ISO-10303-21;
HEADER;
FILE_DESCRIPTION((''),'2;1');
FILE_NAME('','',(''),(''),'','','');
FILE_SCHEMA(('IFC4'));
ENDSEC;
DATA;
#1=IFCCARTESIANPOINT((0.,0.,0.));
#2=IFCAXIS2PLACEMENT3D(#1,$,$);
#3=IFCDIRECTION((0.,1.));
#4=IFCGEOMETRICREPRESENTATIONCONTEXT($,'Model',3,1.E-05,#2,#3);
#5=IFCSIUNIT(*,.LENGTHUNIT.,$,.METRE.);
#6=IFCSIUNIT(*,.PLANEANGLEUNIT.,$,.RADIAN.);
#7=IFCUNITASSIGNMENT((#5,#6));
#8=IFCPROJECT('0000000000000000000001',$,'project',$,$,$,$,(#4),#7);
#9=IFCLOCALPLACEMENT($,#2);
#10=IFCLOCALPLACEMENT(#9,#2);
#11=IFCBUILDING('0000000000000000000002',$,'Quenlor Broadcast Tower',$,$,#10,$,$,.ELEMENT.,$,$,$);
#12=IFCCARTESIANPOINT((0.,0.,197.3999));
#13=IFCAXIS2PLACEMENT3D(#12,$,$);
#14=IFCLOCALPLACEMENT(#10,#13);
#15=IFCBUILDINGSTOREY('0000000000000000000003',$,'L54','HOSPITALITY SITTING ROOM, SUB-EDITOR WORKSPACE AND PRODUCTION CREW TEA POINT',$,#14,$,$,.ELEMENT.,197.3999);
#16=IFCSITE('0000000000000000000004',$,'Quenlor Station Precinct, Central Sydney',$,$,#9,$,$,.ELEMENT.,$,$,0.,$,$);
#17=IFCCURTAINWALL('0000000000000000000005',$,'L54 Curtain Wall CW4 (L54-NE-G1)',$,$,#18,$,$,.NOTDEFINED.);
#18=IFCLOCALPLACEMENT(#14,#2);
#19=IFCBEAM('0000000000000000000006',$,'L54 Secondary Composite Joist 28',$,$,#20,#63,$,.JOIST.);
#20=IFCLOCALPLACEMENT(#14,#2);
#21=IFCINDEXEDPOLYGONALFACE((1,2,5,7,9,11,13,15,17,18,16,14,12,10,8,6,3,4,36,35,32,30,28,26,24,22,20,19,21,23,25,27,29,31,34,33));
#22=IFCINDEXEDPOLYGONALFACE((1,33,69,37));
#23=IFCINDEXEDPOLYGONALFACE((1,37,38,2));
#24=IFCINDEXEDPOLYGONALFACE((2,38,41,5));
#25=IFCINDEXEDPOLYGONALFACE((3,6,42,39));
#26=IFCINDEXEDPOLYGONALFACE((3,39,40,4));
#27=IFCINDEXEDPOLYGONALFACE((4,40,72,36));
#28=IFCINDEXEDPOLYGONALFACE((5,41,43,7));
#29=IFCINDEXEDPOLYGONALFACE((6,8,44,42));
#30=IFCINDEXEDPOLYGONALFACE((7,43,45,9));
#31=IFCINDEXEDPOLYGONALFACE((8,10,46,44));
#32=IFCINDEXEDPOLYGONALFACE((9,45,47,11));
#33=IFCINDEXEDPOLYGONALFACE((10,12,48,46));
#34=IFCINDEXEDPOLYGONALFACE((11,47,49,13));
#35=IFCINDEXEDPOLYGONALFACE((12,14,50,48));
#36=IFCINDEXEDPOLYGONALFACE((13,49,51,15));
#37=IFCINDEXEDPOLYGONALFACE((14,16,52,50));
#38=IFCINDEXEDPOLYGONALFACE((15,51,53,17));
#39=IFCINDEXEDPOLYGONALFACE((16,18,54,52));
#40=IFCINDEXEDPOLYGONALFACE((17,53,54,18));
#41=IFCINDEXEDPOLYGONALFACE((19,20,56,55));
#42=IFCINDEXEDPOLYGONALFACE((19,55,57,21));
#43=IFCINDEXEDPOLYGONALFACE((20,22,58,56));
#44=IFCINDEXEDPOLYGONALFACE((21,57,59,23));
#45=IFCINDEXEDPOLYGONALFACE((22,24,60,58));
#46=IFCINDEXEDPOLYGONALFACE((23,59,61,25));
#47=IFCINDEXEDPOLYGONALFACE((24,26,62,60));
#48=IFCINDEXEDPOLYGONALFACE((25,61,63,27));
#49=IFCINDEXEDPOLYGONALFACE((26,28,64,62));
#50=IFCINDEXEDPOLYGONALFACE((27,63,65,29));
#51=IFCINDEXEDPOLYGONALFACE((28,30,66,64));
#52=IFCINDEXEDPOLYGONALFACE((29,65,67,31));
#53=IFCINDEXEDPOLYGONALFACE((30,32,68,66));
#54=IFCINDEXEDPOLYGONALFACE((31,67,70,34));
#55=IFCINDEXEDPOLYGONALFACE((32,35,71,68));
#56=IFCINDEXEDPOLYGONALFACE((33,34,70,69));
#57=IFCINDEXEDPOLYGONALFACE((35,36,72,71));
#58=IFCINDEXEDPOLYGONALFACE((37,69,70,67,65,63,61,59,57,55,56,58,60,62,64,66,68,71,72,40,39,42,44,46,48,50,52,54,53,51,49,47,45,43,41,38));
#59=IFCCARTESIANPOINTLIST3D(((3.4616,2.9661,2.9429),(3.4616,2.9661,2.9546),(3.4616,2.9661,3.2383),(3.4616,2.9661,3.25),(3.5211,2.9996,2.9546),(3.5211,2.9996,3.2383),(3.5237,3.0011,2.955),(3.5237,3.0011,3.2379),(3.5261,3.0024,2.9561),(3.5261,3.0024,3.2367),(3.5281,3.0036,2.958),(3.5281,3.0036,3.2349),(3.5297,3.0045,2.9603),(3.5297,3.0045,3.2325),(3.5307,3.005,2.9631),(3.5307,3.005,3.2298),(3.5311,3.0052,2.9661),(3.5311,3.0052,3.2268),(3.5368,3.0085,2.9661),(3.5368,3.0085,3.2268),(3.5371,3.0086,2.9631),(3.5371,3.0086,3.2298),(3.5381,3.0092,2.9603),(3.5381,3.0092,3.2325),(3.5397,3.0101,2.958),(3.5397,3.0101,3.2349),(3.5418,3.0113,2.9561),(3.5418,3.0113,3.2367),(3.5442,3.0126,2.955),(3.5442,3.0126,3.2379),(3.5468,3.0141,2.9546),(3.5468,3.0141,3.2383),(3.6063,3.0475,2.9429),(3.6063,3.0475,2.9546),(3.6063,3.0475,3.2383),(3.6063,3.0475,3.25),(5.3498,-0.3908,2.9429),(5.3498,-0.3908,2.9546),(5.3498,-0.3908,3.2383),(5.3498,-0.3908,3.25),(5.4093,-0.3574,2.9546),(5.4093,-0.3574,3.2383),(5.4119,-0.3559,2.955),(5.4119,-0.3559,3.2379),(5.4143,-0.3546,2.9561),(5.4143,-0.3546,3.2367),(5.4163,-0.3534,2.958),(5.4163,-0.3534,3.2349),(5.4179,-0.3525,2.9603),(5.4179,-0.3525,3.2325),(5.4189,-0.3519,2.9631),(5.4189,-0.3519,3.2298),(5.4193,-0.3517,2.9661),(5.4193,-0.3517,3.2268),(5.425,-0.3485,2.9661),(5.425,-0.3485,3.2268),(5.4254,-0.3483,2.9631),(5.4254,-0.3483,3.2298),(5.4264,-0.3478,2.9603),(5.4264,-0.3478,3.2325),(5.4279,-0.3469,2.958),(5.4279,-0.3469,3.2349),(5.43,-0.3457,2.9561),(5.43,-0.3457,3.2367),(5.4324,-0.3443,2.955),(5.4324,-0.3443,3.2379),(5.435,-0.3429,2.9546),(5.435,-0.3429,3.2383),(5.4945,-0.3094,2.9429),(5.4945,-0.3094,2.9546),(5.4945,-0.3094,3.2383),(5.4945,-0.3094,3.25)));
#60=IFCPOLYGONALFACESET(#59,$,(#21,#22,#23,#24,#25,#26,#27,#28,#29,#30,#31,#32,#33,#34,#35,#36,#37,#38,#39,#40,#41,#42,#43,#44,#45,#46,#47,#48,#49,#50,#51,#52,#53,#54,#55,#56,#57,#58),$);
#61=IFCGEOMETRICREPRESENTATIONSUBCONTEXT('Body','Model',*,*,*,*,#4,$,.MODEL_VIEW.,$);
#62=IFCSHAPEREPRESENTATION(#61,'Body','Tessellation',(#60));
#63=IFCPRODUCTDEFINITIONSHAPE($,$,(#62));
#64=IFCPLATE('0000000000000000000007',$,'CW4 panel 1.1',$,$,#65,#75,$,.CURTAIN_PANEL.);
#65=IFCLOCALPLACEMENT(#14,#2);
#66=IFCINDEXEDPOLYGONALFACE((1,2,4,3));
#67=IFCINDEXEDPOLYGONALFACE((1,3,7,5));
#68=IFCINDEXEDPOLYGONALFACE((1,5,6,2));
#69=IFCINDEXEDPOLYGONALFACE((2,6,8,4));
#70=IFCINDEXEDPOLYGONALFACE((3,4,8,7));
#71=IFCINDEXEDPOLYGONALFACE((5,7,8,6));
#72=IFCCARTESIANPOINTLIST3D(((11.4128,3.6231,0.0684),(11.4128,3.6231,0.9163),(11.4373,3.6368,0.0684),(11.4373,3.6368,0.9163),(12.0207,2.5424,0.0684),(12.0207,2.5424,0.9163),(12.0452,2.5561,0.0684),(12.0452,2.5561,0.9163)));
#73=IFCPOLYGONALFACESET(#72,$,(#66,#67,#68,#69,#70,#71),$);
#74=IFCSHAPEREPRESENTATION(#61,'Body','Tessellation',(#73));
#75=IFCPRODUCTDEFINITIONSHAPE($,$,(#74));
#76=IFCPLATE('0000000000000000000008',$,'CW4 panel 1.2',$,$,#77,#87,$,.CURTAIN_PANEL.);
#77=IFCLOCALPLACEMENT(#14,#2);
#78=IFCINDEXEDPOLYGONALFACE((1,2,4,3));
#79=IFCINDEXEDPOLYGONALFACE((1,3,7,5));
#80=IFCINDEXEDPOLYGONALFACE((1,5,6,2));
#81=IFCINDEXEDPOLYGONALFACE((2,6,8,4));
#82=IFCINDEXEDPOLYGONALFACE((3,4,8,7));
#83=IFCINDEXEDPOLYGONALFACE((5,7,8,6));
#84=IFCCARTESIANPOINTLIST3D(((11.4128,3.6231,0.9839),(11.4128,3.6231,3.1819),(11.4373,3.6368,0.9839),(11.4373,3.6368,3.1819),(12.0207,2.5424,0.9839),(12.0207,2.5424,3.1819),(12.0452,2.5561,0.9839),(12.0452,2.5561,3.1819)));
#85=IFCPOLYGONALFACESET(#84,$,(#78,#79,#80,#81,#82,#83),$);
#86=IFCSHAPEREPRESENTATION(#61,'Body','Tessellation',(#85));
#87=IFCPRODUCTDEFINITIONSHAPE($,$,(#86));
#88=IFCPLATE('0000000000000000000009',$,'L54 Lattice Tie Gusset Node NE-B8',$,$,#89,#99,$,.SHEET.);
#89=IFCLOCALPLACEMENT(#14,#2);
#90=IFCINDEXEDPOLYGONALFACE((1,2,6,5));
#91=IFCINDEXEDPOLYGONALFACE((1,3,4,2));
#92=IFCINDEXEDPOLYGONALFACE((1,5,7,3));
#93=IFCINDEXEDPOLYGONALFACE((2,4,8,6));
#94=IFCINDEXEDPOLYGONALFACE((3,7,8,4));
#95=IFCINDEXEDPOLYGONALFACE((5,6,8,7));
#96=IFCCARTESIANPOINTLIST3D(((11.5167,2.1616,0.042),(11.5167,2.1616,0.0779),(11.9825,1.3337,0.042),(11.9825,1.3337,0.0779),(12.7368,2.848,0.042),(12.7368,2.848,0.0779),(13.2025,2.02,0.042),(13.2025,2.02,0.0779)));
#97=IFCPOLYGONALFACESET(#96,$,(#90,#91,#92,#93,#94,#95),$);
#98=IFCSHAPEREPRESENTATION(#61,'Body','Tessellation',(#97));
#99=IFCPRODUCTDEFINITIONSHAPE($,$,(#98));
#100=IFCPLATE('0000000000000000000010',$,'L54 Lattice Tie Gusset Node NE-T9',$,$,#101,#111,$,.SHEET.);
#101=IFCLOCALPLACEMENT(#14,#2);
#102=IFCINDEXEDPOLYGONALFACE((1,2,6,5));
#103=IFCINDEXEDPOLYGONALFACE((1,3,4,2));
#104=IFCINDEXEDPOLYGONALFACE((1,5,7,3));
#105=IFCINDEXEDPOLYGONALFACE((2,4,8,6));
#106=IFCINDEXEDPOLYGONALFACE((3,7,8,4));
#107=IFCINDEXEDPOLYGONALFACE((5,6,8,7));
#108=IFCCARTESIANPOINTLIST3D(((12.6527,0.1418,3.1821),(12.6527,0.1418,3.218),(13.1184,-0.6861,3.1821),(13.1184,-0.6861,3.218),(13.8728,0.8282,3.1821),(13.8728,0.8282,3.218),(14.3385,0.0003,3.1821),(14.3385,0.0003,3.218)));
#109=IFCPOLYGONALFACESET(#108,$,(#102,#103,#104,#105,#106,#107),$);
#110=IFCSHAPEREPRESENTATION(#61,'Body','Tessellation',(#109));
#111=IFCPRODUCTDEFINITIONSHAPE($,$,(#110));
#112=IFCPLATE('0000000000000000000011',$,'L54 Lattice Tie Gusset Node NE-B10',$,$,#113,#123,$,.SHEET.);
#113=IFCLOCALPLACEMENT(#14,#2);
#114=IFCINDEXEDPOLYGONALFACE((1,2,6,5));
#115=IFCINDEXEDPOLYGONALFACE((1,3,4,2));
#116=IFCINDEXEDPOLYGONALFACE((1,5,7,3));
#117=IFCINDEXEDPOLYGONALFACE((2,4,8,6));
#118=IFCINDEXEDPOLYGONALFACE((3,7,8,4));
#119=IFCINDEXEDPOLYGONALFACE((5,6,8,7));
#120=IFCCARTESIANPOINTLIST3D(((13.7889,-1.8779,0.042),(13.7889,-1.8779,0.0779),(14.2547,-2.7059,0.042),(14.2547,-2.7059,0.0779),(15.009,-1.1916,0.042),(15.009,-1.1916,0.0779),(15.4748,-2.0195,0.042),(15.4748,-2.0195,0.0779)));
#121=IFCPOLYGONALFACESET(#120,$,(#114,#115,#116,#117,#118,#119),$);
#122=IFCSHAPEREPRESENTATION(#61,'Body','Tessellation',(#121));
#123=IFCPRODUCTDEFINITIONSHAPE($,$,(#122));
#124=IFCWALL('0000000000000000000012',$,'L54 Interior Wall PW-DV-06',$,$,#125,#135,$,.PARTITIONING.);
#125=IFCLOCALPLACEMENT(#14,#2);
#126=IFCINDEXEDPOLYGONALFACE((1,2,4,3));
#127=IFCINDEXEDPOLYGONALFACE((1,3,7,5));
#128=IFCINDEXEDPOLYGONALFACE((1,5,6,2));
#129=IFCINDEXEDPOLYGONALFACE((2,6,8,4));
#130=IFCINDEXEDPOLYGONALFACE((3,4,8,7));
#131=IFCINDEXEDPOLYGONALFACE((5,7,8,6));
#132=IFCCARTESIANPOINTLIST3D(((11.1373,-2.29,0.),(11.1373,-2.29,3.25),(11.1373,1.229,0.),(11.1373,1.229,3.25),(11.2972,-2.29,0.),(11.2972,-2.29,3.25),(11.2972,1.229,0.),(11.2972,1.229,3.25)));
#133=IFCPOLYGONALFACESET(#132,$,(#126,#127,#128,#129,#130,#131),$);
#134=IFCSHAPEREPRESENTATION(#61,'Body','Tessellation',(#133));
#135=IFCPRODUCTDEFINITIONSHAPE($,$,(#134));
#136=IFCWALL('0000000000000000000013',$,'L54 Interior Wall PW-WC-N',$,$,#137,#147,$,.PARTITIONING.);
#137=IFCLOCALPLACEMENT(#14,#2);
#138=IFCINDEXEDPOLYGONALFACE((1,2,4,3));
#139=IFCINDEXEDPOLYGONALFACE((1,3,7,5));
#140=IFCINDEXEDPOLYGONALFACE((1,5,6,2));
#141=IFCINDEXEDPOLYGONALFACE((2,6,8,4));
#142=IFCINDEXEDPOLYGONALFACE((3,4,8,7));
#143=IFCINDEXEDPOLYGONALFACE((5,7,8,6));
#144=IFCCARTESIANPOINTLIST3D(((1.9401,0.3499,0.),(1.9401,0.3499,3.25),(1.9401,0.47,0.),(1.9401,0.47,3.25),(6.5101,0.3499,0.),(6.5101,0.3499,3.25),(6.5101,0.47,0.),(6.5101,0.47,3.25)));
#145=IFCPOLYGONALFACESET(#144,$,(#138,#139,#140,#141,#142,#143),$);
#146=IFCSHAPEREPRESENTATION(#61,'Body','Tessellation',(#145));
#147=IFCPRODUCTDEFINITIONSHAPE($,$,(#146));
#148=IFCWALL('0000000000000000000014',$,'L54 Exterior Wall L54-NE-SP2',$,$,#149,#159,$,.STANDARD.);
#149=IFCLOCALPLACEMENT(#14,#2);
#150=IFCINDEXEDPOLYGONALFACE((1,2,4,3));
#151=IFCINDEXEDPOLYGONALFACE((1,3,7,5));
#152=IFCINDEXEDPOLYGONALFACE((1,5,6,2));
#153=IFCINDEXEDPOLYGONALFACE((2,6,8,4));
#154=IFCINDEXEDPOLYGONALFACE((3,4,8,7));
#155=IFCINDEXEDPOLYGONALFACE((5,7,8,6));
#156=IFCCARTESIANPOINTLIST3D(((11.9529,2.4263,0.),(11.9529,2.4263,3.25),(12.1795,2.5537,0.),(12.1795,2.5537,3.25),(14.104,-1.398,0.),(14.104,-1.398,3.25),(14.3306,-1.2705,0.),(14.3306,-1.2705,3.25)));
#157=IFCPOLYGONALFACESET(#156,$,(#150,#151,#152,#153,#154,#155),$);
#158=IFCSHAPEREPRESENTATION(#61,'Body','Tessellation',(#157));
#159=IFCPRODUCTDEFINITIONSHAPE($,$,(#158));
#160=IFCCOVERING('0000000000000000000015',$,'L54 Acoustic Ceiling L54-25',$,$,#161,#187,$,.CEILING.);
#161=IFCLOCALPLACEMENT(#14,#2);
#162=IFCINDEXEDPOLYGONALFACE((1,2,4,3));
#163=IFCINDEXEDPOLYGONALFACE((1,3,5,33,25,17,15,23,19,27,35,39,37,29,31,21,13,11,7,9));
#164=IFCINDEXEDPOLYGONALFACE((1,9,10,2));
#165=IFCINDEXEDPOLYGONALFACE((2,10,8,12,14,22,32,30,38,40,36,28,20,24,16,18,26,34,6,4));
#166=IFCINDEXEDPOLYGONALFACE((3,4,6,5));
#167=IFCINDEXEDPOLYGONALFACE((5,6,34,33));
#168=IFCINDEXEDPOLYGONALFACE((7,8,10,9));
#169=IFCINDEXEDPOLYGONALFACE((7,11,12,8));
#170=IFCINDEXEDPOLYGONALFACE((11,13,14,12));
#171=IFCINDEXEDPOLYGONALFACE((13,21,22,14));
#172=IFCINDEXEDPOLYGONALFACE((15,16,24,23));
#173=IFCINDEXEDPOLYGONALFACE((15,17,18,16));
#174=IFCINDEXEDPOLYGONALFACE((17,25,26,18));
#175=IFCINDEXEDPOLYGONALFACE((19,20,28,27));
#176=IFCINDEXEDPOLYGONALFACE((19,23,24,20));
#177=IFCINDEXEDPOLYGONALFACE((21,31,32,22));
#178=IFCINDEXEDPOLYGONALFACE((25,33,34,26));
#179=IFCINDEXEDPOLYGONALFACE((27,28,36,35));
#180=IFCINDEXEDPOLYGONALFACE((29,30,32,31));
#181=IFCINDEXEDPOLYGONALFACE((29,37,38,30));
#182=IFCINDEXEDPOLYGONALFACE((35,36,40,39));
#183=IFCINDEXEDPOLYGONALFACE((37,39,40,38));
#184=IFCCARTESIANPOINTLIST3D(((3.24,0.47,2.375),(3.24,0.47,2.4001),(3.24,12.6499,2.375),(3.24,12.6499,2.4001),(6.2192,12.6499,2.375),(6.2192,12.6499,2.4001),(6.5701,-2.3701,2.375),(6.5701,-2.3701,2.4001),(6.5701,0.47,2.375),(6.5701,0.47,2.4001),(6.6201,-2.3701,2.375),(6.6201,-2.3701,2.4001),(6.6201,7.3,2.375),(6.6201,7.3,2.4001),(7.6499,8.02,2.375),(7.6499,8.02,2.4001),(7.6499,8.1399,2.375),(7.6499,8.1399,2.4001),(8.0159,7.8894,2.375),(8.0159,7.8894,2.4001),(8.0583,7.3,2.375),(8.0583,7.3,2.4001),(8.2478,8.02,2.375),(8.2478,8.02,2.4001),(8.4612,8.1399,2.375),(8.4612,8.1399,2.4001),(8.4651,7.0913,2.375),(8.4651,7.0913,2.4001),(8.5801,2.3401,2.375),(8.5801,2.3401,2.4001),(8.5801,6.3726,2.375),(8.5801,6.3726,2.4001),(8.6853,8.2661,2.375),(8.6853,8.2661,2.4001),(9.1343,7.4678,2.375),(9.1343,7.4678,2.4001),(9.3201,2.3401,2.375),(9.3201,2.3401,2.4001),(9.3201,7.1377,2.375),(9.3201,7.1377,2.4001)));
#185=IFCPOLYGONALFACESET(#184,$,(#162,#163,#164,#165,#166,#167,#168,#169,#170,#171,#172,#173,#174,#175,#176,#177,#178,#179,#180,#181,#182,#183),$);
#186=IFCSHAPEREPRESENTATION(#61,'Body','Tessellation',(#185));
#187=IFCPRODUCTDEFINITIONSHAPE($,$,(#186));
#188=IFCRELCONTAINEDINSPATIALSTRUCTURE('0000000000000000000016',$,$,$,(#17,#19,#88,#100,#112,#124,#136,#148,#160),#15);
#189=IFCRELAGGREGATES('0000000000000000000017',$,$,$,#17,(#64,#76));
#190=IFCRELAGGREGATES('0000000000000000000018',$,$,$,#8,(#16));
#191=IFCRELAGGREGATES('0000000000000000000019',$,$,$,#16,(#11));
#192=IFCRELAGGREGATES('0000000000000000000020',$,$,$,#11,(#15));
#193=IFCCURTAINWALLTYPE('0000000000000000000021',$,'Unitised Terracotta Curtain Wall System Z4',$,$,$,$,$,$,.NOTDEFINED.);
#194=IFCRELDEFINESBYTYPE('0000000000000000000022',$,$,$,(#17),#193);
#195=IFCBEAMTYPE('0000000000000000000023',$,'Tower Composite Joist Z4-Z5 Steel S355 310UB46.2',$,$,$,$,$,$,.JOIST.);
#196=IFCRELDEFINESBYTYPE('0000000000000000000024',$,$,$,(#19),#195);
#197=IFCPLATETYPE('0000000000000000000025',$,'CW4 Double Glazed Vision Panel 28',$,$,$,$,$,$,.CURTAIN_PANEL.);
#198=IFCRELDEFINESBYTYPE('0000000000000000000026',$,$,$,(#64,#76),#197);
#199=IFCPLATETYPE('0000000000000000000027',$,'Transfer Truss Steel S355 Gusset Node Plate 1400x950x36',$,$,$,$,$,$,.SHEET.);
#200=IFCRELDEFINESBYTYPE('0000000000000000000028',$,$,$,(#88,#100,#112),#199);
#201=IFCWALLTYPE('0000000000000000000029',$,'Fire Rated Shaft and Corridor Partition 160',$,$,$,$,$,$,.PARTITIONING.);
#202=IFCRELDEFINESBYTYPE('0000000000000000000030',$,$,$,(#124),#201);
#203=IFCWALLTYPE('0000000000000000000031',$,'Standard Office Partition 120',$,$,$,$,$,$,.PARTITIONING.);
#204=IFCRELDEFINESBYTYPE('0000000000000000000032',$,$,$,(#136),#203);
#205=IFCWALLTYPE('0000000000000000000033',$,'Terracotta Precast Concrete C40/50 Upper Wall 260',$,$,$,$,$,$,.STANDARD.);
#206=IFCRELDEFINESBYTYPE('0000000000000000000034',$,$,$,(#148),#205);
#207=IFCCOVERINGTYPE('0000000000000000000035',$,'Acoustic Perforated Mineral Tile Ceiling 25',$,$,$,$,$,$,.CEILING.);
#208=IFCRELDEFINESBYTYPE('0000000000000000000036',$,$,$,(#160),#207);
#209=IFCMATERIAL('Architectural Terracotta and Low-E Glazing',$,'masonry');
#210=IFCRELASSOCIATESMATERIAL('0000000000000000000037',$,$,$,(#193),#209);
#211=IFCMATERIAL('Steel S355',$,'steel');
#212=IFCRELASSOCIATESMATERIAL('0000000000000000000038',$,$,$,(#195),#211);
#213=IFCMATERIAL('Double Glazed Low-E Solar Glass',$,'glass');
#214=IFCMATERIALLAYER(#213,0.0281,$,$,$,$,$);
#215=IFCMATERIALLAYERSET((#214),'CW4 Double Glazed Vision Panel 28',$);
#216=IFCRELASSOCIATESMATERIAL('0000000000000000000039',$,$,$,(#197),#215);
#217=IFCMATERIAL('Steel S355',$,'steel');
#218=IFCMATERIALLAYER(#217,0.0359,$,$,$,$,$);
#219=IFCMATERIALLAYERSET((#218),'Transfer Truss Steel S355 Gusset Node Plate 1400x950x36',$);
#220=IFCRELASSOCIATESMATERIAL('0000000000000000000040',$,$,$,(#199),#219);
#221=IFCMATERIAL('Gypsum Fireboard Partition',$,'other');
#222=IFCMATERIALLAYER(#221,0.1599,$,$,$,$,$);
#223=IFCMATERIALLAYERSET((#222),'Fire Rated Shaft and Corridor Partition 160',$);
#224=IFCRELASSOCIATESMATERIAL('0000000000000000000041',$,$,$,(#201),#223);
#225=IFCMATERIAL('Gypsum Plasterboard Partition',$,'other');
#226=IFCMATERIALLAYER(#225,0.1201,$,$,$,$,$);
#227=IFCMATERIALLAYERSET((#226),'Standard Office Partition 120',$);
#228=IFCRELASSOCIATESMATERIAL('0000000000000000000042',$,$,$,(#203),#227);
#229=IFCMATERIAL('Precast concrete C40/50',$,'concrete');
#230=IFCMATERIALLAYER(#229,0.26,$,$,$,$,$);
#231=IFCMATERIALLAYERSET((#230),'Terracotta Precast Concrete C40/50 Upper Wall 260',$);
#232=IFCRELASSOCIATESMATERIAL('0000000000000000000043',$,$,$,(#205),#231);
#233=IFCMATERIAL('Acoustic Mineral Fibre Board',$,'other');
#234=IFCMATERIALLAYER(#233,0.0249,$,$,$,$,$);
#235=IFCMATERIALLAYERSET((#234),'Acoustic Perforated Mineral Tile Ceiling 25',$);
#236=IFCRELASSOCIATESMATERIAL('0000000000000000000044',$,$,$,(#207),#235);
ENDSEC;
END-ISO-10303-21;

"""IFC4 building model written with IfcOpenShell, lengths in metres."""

from ifc_helpers import new_model, si_unit, direction, frame, frame_2d, origin, origin_2d, place, context, subcontext, project, spatial, polyline, rectangle, i_section, outline, extrude, material, layer, layer_set, material_profile, profile_set, type_object, element, aggregate, save


model = new_model("IFC4")

# Units and contexts
model_context = context("Model", 3, precision=1e-05, world=origin(), true_north=direction((0.0, 1.0)))
body_context = subcontext(model_context, "Body", "Model", "MODEL_VIEW")
ifc_project = project(units=[si_unit("LENGTHUNIT", "METRE"), si_unit("PLANEANGLEUNIT", "RADIAN")], contexts=[model_context])

# Site, building, storey
site_placement = place(None, origin())
site = spatial("IfcSite", under=ifc_project, at=site_placement, Name="Quenlor Station Precinct, Central Sydney", CompositionType="ELEMENT", RefElevation=0.0)
building_placement = place(site_placement, origin())
building = spatial("IfcBuilding", under=site, at=building_placement, Name="Quenlor Broadcast Tower", CompositionType="ELEMENT")
storey_placement = place(building_placement, frame((0.0, 0.0, 197.3999)))
storey = spatial("IfcBuildingStorey", under=building, at=storey_placement, Name="L54", Description="HOSPITALITY SITTING ROOM, SUB-EDITOR WORKSPACE AND PRODUCTION CREW TEA POINT", CompositionType="ELEMENT", Elevation=197.3999)

# Curtain wall
ifc_material_1 = material(Name="Architectural Terracotta and Low-E Glazing", Category="masonry")
curtain_wall_type = type_object("IfcCurtainWallType", Name="Unitised Terracotta Curtain Wall System Z4", PredefinedType="NOTDEFINED", material=ifc_material_1)
curtain_wall_placement = place(storey_placement, origin())
curtain_wall = element("IfcCurtainWall", 1, at=curtain_wall_placement, inside=storey, type_object=curtain_wall_type, Name="L54 Curtain Wall CW4 (L54-NE-G1)", PredefinedType="NOTDEFINED")

# Beam
ifc_material_2 = material(Name="Steel S355", Category="steel")
ifc_material_profile_1 = material_profile(ifc_material_2, i_section(OverallWidth=0.166, OverallDepth=0.3071, WebThickness=0.0066, FlangeThickness=0.0117, FilletRadius=0.0115, at=origin_2d()))
ifc_profile_set_1 = profile_set([ifc_material_profile_1], Name="Steel S355 310UB46.2")
beam_type_1 = type_object("IfcBeamType", Name="Tower Composite Joist Z4-Z5 Steel S355 310UB46.2", PredefinedType="JOIST", material=ifc_profile_set_1)
beam_1_placement = place(storey_placement, frame((3.5339, 3.0068, 3.0964), z_axis=(0.490243, -0.871586, 0.0), x_axis=(0.871586, 0.490243, 0.0)))
element("IfcBeam", 2, at=beam_1_placement, inside=storey, type_object=beam_type_1, Name="L54 Secondary Composite Joist 28", PredefinedType="JOIST", context=body_context, shape_type="SweptSolid", body=[
    extrude(i_section(OverallWidth=0.166, OverallDepth=0.3071, WebThickness=0.0066, FlangeThickness=0.0117, FilletRadius=0.0115, at=origin_2d()), origin(), (0.0, 0.0, 1.0), 3.8516),
])

# Plates
ifc_material_3 = material(Name="Double Glazed Low-E Solar Glass", Category="glass")
ifc_layer_1 = layer(ifc_material_3, 0.0281)
ifc_layer_set_1 = layer_set([ifc_layer_1], Name="CW4 Double Glazed Vision Panel 28")
plate_type_1 = type_object("IfcPlateType", Name="CW4 Double Glazed Vision Panel 28", PredefinedType="CURTAIN_PANEL", material=ifc_layer_set_1)
plate_1_placement = place(storey_placement, frame((11.729, 3.0896, 0.0684), z_axis=(0.0, 0.0, 1.0), x_axis=(0.490289, -0.87156, 0.0)))
plate_1 = element("IfcPlate", 3, at=plate_1_placement, type_object=plate_type_1, Name="CW4 panel 1.1", PredefinedType="CURTAIN_PANEL", context=body_context, shape_type="SweptSolid", body=[
    extrude(rectangle(XDim=1.24, YDim=0.0281, at=origin_2d()), origin(), (0.0, 0.0, 1.0), 0.8479),
])
plate_2_placement = place(storey_placement, frame((11.729, 3.0896, 0.9839), z_axis=(0.0, 0.0, 1.0), x_axis=(0.490289, -0.87156, 0.0)))
plate_2 = element("IfcPlate", 4, at=plate_2_placement, type_object=plate_type_1, Name="CW4 panel 1.2", PredefinedType="CURTAIN_PANEL", context=body_context, shape_type="SweptSolid", body=[
    extrude(rectangle(XDim=1.24, YDim=0.0281, at=origin_2d()), origin(), (0.0, 0.0, 1.0), 2.198),
])
aggregate(curtain_wall, [plate_1, plate_2])

# Plates
ifc_material_4 = material(Name="Steel S355", Category="steel")
ifc_layer_2 = layer(ifc_material_4, 0.0359)
ifc_layer_set_2 = layer_set([ifc_layer_2], Name="Transfer Truss Steel S355 Gusset Node Plate 1400x950x36")
plate_type_2 = type_object("IfcPlateType", Name="Transfer Truss Steel S355 Gusset Node Plate 1400x950x36", PredefinedType="SHEET", material=ifc_layer_set_2)
for number, where, z_axis, x_axis, name in (
    (5, (12.3596, 2.0908, 0.042), (0.0, 0.0, 1.0), (0.871556, 0.490295, 0.0), "L54 Lattice Tie Gusset Node NE-B8"),
    (6, (13.4956, 0.071, 3.1821), (0.0, 0.0, 1.0), (0.871556, 0.490295, 0.0), "L54 Lattice Tie Gusset Node NE-T9"),
    (7, (14.6318, -1.9487, 0.042), (0.0, 0.0, 1.0), (0.871556, 0.490295, 0.0), "L54 Lattice Tie Gusset Node NE-B10"),
):
    element("IfcPlate", number, at=place(storey_placement, frame(where, z_axis=z_axis, x_axis=x_axis)), inside=storey, type_object=plate_type_2, Name=name, PredefinedType="SHEET", context=body_context, shape_type="SweptSolid", body=[
        extrude(rectangle(XDim=1.3999, YDim=0.95, at=origin_2d()), origin(), (0.0, 0.0, 1.0), 0.0359),
    ])

# Walls
ifc_material_5 = material(Name="Gypsum Fireboard Partition", Category="other")
ifc_layer_3 = layer(ifc_material_5, 0.1599)
ifc_layer_set_3 = layer_set([ifc_layer_3], Name="Fire Rated Shaft and Corridor Partition 160")
wall_type_1 = type_object("IfcWallType", Name="Fire Rated Shaft and Corridor Partition 160", PredefinedType="PARTITIONING", material=ifc_layer_set_3)
wall_1_placement = place(storey_placement, frame((11.2173, 1.229, 0.0), z_axis=(0.0, 0.0, 1.0), x_axis=(0.0, -1.0, 0.0)))
element("IfcWall", 8, at=wall_1_placement, inside=storey, type_object=wall_type_1, Name="L54 Interior Wall PW-DV-06", PredefinedType="PARTITIONING", context=body_context, shape_type="SweptSolid", body=[
    extrude(rectangle(XDim=3.519, YDim=0.1599, at=frame_2d((1.7595, 0.0))), origin(), (0.0, 0.0, 1.0), 3.25),
])
ifc_material_6 = material(Name="Gypsum Plasterboard Partition", Category="other")
ifc_layer_4 = layer(ifc_material_6, 0.1201)
ifc_layer_set_4 = layer_set([ifc_layer_4], Name="Standard Office Partition 120")
wall_type_2 = type_object("IfcWallType", Name="Standard Office Partition 120", PredefinedType="PARTITIONING", material=ifc_layer_set_4)
wall_2_placement = place(storey_placement, frame((1.9399, 0.4099, 0.0), z_axis=(0.0, 0.0, 1.0), x_axis=(1.0, 0.0, 0.0)))
element("IfcWall", 9, at=wall_2_placement, inside=storey, type_object=wall_type_2, Name="L54 Interior Wall PW-WC-N", PredefinedType="PARTITIONING", context=body_context, shape_type="SweptSolid", body=[
    extrude(rectangle(XDim=4.5701, YDim=0.1201, at=frame_2d((2.2852, 0.0))), origin(), (0.0, 0.0, 1.0), 3.25),
])
ifc_material_7 = material(Name="Precast concrete C40/50", Category="concrete")
ifc_layer_5 = layer(ifc_material_7, 0.26)
ifc_layer_set_5 = layer_set([ifc_layer_5], Name="Terracotta Precast Concrete C40/50 Upper Wall 260")
wall_type_3 = type_object("IfcWallType", Name="Terracotta Precast Concrete C40/50 Upper Wall 260", PredefinedType="STANDARD", material=ifc_layer_set_5)
wall_3_placement = place(storey_placement, frame((12.0662, 2.49, 0.0), z_axis=(0.0, 0.0, 1.0), x_axis=(0.490261, -0.871576, 0.0)))
element("IfcWall", 10, at=wall_3_placement, inside=storey, type_object=wall_type_3, Name="L54 Exterior Wall L54-NE-SP2", PredefinedType="STANDARD", context=body_context, shape_type="SweptSolid", body=[
    extrude(rectangle(XDim=4.3877, YDim=0.26, at=frame_2d((2.1938, 0.0))), origin(), (0.0, 0.0, 1.0), 3.25),
])

# Covering
ifc_material_8 = material(Name="Acoustic Mineral Fibre Board", Category="other")
ifc_layer_6 = layer(ifc_material_8, 0.0249)
ifc_layer_set_6 = layer_set([ifc_layer_6], Name="Acoustic Perforated Mineral Tile Ceiling 25")
covering_type = type_object("IfcCoveringType", Name="Acoustic Perforated Mineral Tile Ceiling 25", PredefinedType="CEILING", material=ifc_layer_set_6)
covering_1_placement = place(storey_placement, frame((0.0, 0.0, 2.375)))
element("IfcCovering", 11, at=covering_1_placement, inside=storey, type_object=covering_type, Name="L54 Acoustic Ceiling L54-25", PredefinedType="CEILING", context=body_context, shape_type="SweptSolid", body=[
    extrude(outline(polyline([(8.2478, 8.02), (8.0159, 7.8894), (8.4651, 7.0913), (9.1343, 7.4678), (9.3201, 7.1377), (9.3201, 2.3401), (8.5801, 2.3401), (8.5801, 6.3726), (8.0583, 7.3), (6.6201, 7.3), (6.6201, -2.3701), (6.5701, -2.3701), (6.5701, 0.47), (3.24, 0.47), (3.24, 12.6499), (6.2192, 12.6499), (8.6853, 8.2661), (8.4612, 8.1399), (7.6499, 8.1399), (7.6499, 8.02), (8.2478, 8.02)])), origin(), (0.0, 0.0, 1.0), 0.0251),
])

save(model, "model.ifc")
